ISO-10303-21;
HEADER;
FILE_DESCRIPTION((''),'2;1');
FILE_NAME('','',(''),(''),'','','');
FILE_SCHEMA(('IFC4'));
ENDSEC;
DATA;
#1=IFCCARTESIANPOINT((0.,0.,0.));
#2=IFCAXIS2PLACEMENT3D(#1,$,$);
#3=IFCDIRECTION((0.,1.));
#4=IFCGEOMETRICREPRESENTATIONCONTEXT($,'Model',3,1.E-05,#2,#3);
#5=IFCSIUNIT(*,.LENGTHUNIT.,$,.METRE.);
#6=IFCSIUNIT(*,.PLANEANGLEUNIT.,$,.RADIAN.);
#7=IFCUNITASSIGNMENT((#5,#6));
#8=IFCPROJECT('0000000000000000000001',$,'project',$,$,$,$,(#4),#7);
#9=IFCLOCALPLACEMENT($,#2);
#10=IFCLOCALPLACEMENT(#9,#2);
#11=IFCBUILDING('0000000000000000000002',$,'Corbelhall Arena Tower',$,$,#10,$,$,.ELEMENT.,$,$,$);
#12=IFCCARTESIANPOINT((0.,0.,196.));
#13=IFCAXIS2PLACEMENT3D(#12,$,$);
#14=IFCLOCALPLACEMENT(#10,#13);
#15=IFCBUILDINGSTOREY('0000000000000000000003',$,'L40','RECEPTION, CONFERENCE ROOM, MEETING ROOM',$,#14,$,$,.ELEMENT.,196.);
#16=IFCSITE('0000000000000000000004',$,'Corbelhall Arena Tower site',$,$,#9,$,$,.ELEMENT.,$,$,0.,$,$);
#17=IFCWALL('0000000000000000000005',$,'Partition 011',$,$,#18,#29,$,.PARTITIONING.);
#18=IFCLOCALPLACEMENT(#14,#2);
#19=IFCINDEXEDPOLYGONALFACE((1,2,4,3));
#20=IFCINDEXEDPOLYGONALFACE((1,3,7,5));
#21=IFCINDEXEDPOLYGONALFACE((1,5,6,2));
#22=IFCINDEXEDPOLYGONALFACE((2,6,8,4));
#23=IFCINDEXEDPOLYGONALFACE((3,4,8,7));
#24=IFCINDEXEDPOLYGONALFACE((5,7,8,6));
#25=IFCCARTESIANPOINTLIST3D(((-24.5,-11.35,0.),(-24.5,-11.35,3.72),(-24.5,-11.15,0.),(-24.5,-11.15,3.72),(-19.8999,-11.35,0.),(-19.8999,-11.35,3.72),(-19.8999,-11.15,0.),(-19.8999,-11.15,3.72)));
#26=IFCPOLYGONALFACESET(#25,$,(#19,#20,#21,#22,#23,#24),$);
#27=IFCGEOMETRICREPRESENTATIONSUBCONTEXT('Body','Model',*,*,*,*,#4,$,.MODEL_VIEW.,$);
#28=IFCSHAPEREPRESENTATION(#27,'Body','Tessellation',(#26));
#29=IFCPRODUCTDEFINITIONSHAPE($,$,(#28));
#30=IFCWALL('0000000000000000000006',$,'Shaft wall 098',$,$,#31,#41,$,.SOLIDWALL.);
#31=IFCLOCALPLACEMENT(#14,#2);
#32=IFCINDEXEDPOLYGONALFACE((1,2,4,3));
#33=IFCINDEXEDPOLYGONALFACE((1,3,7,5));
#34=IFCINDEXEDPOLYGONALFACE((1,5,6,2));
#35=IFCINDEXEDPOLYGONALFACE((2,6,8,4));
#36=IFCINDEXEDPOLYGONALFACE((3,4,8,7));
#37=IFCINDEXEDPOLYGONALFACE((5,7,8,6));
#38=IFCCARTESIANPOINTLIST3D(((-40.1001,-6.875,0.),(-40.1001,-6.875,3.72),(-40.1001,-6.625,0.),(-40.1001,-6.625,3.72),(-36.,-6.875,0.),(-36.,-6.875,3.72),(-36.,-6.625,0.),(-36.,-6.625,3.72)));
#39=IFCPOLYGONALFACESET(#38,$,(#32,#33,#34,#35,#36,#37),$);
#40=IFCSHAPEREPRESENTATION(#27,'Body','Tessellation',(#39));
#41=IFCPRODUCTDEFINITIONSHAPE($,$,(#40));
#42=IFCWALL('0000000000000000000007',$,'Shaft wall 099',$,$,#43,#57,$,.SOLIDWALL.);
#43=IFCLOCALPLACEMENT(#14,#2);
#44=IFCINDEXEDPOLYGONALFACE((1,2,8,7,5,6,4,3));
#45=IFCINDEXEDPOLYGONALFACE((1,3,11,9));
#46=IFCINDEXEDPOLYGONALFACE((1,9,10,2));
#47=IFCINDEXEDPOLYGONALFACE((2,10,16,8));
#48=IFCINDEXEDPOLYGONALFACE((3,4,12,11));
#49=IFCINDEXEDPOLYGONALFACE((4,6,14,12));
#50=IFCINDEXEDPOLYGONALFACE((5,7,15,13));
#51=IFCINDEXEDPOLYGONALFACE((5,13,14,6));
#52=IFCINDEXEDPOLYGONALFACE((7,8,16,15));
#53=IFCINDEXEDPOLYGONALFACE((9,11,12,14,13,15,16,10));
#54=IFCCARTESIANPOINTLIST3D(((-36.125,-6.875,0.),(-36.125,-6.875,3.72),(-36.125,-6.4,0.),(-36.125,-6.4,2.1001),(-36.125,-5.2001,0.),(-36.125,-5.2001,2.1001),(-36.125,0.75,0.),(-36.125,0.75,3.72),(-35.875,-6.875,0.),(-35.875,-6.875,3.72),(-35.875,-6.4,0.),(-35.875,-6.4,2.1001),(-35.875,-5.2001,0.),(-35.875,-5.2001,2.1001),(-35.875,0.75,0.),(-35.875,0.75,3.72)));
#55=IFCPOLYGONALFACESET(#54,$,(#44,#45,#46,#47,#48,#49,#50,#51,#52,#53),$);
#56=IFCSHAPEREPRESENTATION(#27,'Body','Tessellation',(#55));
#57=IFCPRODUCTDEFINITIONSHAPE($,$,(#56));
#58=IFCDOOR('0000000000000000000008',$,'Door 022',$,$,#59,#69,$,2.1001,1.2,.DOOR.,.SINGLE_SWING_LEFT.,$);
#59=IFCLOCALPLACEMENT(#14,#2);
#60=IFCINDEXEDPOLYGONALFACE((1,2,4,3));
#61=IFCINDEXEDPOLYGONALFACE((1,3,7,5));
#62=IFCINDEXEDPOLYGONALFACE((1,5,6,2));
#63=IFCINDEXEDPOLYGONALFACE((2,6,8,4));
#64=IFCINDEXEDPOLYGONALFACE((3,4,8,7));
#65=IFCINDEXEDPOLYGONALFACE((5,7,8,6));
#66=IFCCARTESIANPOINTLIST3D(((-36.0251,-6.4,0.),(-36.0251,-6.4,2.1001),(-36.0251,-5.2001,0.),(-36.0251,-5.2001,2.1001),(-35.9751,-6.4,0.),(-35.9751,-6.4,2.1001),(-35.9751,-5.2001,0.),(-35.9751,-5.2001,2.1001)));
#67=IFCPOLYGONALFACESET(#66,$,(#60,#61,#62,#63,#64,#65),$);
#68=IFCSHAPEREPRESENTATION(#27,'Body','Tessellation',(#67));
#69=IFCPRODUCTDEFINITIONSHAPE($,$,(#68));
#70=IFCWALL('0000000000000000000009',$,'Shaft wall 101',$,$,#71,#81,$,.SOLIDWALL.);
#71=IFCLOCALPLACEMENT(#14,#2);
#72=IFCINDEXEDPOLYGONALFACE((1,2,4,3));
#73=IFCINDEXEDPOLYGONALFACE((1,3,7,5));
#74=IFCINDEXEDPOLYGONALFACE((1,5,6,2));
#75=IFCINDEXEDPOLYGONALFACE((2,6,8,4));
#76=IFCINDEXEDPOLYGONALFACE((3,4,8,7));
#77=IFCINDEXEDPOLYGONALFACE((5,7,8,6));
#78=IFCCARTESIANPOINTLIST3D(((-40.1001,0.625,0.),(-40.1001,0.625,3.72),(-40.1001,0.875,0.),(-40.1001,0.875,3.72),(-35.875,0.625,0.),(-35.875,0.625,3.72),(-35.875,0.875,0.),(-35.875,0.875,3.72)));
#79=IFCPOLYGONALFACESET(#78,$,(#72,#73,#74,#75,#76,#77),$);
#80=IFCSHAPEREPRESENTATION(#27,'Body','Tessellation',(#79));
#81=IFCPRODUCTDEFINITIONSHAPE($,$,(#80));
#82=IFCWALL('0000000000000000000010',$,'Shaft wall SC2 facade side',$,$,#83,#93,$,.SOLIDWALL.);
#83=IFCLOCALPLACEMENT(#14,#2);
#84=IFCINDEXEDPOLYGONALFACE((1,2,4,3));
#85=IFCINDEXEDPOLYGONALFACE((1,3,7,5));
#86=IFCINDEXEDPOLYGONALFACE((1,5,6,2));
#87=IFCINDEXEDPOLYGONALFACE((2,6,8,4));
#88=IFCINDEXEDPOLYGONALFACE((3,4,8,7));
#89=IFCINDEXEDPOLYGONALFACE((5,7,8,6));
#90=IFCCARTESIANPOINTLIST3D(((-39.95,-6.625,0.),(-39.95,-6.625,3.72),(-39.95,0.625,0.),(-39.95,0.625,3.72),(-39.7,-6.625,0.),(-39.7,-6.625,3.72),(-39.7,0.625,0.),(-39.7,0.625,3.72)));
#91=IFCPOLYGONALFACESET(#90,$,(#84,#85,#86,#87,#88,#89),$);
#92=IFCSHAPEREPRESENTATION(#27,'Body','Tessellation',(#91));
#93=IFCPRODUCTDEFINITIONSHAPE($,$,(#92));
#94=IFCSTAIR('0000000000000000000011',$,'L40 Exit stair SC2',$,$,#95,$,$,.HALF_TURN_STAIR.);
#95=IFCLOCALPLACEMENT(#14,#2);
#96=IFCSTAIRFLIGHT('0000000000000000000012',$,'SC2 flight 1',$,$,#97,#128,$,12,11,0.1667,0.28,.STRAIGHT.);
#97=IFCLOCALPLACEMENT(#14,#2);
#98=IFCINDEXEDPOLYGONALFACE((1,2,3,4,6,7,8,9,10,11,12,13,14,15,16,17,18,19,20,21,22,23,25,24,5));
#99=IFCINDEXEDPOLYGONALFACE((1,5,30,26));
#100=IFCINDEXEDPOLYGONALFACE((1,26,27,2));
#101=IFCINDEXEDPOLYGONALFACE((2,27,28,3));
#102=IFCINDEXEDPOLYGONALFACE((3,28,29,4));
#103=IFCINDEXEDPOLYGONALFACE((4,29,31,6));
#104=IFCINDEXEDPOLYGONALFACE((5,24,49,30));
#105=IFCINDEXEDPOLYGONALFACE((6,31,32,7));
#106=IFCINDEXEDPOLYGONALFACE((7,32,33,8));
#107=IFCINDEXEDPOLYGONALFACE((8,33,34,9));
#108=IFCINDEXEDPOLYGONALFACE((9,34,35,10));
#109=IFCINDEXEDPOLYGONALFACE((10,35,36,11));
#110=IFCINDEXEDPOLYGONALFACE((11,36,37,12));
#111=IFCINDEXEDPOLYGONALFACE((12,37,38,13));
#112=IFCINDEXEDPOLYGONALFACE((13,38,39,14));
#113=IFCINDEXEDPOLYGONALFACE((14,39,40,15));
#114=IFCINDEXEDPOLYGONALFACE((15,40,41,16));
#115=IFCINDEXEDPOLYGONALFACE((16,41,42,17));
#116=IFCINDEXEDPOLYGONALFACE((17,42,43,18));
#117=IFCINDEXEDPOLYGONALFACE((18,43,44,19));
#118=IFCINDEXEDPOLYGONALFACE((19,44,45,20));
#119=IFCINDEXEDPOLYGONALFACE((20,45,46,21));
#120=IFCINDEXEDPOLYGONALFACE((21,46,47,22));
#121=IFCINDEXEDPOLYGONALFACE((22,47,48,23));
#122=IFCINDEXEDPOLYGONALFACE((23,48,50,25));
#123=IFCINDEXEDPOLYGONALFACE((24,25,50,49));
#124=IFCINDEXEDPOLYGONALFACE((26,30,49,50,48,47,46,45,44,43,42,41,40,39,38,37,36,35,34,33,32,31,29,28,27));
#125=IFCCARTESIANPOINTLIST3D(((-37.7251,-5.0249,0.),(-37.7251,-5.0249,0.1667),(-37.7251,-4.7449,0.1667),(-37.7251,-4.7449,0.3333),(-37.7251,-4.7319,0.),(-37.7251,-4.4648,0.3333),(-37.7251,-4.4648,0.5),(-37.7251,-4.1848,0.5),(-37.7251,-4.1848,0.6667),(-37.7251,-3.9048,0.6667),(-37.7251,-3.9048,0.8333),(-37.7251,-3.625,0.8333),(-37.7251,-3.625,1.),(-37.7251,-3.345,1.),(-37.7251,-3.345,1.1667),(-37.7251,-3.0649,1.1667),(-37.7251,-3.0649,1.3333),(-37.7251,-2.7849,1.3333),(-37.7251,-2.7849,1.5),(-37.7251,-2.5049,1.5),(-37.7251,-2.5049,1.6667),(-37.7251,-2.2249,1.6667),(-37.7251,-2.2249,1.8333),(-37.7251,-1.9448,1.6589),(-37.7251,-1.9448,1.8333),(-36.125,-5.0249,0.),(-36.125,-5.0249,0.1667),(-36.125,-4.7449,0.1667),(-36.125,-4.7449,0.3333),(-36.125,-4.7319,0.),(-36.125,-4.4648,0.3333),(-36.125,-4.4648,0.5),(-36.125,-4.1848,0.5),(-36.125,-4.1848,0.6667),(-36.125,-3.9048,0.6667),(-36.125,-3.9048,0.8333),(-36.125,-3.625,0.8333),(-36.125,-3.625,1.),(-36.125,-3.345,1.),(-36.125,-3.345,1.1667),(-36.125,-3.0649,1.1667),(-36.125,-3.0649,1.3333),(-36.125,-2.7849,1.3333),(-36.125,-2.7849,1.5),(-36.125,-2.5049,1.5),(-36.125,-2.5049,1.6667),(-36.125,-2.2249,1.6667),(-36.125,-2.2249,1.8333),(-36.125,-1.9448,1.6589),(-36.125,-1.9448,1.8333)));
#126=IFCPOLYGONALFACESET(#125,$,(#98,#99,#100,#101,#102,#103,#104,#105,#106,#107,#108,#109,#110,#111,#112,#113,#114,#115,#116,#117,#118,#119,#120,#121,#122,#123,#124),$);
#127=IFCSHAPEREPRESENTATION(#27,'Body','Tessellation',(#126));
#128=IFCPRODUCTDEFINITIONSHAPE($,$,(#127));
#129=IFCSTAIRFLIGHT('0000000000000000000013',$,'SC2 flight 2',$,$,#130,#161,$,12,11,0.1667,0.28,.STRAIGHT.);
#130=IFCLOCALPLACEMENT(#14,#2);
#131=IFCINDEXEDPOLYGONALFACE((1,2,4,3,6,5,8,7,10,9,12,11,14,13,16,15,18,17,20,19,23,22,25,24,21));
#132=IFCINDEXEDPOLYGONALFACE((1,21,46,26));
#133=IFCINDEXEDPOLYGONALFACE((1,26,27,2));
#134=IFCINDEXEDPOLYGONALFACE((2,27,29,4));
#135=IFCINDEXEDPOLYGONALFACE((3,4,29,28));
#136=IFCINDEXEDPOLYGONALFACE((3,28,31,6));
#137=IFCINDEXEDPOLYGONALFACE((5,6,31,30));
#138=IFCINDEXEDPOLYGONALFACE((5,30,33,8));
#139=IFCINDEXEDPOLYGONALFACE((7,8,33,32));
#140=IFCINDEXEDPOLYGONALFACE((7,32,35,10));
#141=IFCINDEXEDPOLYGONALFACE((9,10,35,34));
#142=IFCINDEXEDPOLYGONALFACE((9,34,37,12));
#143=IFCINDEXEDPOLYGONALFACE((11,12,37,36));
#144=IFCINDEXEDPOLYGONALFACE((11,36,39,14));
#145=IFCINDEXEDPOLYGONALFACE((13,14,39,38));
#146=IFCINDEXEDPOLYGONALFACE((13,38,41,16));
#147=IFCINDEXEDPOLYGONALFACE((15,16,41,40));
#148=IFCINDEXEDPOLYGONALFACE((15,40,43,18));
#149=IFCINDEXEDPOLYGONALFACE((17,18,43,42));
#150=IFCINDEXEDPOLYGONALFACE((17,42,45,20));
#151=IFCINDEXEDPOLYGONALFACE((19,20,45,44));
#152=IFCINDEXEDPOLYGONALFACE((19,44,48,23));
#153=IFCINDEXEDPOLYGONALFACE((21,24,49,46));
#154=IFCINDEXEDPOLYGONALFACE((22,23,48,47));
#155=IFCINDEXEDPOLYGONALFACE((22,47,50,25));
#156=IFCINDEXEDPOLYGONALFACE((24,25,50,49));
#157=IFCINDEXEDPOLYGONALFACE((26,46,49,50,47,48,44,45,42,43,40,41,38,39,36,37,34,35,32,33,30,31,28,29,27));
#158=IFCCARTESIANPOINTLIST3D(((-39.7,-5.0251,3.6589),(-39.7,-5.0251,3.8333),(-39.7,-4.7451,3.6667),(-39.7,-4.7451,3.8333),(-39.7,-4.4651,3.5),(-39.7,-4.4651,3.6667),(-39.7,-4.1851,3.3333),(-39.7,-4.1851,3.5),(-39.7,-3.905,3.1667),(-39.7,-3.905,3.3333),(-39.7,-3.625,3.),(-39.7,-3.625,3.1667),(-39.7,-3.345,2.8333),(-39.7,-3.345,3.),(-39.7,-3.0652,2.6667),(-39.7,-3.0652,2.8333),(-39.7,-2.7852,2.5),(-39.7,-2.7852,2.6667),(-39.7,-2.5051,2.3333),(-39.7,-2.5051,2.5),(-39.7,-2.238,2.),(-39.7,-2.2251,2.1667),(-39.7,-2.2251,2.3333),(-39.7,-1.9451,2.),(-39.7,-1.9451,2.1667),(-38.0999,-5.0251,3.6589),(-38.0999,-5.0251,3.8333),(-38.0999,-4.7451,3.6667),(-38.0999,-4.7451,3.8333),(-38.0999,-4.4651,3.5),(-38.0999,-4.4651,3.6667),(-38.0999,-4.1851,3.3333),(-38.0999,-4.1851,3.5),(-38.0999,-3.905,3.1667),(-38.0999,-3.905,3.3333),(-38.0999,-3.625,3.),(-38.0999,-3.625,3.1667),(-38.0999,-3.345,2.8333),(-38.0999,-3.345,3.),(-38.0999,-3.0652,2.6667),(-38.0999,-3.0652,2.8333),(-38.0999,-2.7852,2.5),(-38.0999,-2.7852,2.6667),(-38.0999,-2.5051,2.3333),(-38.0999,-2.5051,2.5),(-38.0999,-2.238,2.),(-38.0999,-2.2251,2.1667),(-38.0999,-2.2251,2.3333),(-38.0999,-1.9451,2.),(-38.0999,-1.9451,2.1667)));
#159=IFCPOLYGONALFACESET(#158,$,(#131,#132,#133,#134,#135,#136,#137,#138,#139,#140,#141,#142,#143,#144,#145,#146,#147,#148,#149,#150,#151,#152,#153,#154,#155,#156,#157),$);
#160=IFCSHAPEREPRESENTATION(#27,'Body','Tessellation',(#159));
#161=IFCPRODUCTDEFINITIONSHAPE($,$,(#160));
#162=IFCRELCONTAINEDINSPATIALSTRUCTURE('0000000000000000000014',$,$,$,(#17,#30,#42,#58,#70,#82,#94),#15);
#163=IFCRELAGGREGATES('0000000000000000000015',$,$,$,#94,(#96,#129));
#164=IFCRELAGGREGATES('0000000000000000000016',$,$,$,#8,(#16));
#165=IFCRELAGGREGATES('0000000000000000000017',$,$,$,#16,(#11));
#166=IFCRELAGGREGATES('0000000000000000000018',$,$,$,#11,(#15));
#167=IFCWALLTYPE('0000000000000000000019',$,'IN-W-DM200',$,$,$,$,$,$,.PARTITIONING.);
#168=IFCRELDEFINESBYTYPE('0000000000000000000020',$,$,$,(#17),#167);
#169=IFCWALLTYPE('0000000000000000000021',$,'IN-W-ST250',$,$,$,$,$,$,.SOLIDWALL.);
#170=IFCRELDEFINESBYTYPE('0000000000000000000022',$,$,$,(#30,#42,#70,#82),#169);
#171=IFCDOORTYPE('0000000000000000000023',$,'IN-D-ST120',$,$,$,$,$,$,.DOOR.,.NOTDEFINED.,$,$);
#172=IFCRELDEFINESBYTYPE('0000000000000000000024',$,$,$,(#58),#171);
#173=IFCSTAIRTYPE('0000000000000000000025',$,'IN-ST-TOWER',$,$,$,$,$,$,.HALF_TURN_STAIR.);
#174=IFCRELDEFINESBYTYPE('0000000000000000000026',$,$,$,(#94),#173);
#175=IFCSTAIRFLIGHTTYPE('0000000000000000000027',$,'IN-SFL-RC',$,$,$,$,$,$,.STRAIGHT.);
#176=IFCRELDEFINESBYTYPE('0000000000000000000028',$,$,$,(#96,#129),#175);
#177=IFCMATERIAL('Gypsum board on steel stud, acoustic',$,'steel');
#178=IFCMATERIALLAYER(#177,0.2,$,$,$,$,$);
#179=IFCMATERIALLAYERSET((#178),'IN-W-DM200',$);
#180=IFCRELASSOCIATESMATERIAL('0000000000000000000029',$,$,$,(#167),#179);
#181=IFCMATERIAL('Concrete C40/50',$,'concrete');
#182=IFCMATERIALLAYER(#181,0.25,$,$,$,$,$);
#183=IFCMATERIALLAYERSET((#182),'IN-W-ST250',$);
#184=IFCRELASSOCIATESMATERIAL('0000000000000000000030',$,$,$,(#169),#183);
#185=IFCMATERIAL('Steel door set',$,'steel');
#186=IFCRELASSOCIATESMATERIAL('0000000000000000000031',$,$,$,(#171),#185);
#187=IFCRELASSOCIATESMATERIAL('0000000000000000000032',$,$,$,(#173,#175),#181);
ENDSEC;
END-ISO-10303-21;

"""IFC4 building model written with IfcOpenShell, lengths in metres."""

from ifc_helpers import new_model, si_unit, direction, frame, frame_2d, origin, place, context, subcontext, project, spatial, polyline, rectangle, outline, extrude, material, layer, layer_set, type_object, element, fill, aggregate, save


model = new_model("IFC4")

# Units and contexts
model_context = context("Model", 3, precision=1e-05, world=origin(), true_north=direction((0.0, 1.0)))
body_context = subcontext(model_context, "Body", "Model", "MODEL_VIEW")
ifc_project = project(units=[si_unit("LENGTHUNIT", "METRE"), si_unit("PLANEANGLEUNIT", "RADIAN")], contexts=[model_context])

# Site, building, storey
site_placement = place(None, origin())
site = spatial("IfcSite", under=ifc_project, at=site_placement, Name="Corbelhall Arena Tower site", CompositionType="ELEMENT", RefElevation=0.0)
building_placement = place(site_placement, origin())
building = spatial("IfcBuilding", under=site, at=building_placement, Name="Corbelhall Arena Tower", CompositionType="ELEMENT")
storey_placement = place(building_placement, frame((0.0, 0.0, 196.0)))
storey = spatial("IfcBuildingStorey", under=building, at=storey_placement, Name="L40", Description="RECEPTION, CONFERENCE ROOM, MEETING ROOM", CompositionType="ELEMENT", Elevation=196.0)

# Shared definitions
ifc_material_1 = material(Name="Gypsum board on steel stud, acoustic", Category="steel")
ifc_layer_1 = layer(ifc_material_1, 0.2)
ifc_layer_set_1 = layer_set([ifc_layer_1], Name="IN-W-DM200")
wall_type_1 = type_object("IfcWallType", Name="IN-W-DM200", PredefinedType="PARTITIONING", material=ifc_layer_set_1)

# Shared definitions
ifc_material_2 = material(Name="Steel door set", Category="steel")

# Walls
wall_1_placement = place(storey_placement, frame((-24.5, -11.25, 0.0), z_axis=(0.0, 0.0, 1.0), x_axis=(1.0, 0.0, 0.0)))
element("IfcWall", 1, at=wall_1_placement, inside=storey, type_object=wall_type_1, Name="Partition 011", PredefinedType="PARTITIONING", context=body_context, shape_type="SweptSolid", body=[
    extrude(rectangle(XDim=4.6001, YDim=0.2, at=frame_2d((2.3, 0.0))), origin(), (0.0, 0.0, 1.0), 3.72),
])
ifc_material_3 = material(Name="Concrete C40/50", Category="concrete")
ifc_layer_2 = layer(ifc_material_3, 0.25)
ifc_layer_set_2 = layer_set([ifc_layer_2], Name="IN-W-ST250")
wall_type_2 = type_object("IfcWallType", Name="IN-W-ST250", PredefinedType="SOLIDWALL", material=ifc_layer_set_2)
wall_2_placement = place(storey_placement, frame((-36.0, -6.75, 0.0), z_axis=(0.0, 0.0, 1.0), x_axis=(-1.0, 0.0, 0.0)))
element("IfcWall", 2, at=wall_2_placement, inside=storey, type_object=wall_type_2, Name="Shaft wall 098", PredefinedType="SOLIDWALL", context=body_context, shape_type="SweptSolid", body=[
    extrude(rectangle(XDim=4.1001, YDim=0.25, at=frame_2d((2.05, 0.0))), origin(), (0.0, 0.0, 1.0), 3.72),
])

# Wall, opening, door
wall_3_placement = place(storey_placement, frame((-36.0, 0.75, 0.0), z_axis=(0.0, 0.0, 1.0), x_axis=(0.0, -1.0, 0.0)))
wall_3 = element("IfcWall", 3, at=wall_3_placement, inside=storey, type_object=wall_type_2, Name="Shaft wall 099", PredefinedType="SOLIDWALL", context=body_context, shape_type="SweptSolid", body=[
    extrude(rectangle(XDim=7.625, YDim=0.25, at=frame_2d((3.8125, 0.0))), origin(), (0.0, 0.0, 1.0), 3.72),
])
opening_1_placement = place(wall_3_placement, frame((5.95, 0.0, 0.0)))
opening_1 = element("IfcOpeningElement", 4, at=opening_1_placement, cuts=wall_3, PredefinedType="OPENING", context=body_context, shape_type="SweptSolid", body=[
    extrude(rectangle(XDim=1.2, YDim=2.1001, at=frame_2d((0.6001, 1.05))), frame((0.0, 0.125, 0.0), z_axis=(0.0, -1.0, 0.0), x_axis=(1.0, 0.0, 0.0)), (0.0, 0.0, 1.0), 0.25),
])
door_type_1 = type_object("IfcDoorType", Name="IN-D-ST120", OperationType="NOTDEFINED", PredefinedType="DOOR", material=ifc_material_2)
door_1_placement = place(opening_1_placement, origin())
door_1 = element("IfcDoor", 5, at=door_1_placement, inside=storey, type_object=door_type_1, Name="Door 022", OperationType="SINGLE_SWING_LEFT", OverallHeight=2.1001, OverallWidth=1.2, PredefinedType="DOOR", context=body_context, shape_type="SweptSolid", body=[
    extrude(rectangle(XDim=1.2, YDim=2.1001, at=frame_2d((0.6001, 1.05))), frame((0.0, 0.0249, 0.0), z_axis=(0.0, -1.0, 0.0), x_axis=(1.0, 0.0, 0.0)), (0.0, 0.0, 1.0), 0.05),
])
fill(opening_1, door_1)

# Walls
wall_4_placement = place(storey_placement, frame((-35.875, 0.75, 0.0), z_axis=(0.0, 0.0, 1.0), x_axis=(-1.0, 0.0, 0.0)))
element("IfcWall", 6, at=wall_4_placement, inside=storey, type_object=wall_type_2, Name="Shaft wall 101", PredefinedType="SOLIDWALL", context=body_context, shape_type="SweptSolid", body=[
    extrude(rectangle(XDim=4.2251, YDim=0.25, at=frame_2d((2.1125, 0.0))), origin(), (0.0, 0.0, 1.0), 3.72),
])
wall_5_placement = place(storey_placement, frame((-39.825, -6.625, 0.0), z_axis=(0.0, 0.0, 1.0), x_axis=(0.0, 1.0, 0.0)))
element("IfcWall", 7, at=wall_5_placement, inside=storey, type_object=wall_type_2, Name="Shaft wall SC2 facade side", PredefinedType="SOLIDWALL", context=body_context, shape_type="SweptSolid", body=[
    extrude(rectangle(XDim=7.25, YDim=0.25, at=frame_2d((3.625, 0.0))), origin(), (0.0, 0.0, 1.0), 3.72),
])

# Stair, stair flights
stair_type = type_object("IfcStairType", Name="IN-ST-TOWER", PredefinedType="HALF_TURN_STAIR", material=ifc_material_3)
stair_placement = place(storey_placement, origin())
stair = element("IfcStair", 8, at=stair_placement, inside=storey, type_object=stair_type, Name="L40 Exit stair SC2", PredefinedType="HALF_TURN_STAIR")
stair_flight_type = type_object("IfcStairFlightType", Name="IN-SFL-RC", PredefinedType="STRAIGHT", material=ifc_material_3)
stair_flight_1_placement = place(storey_placement, frame((-36.925, -5.0249, 0.0), z_axis=(0.0, 0.0, 1.0), x_axis=(0.0, 1.0, 0.0)))
stair_flight_1 = element("IfcStairFlight", 9, at=stair_flight_1_placement, type_object=stair_flight_type, Name="SC2 flight 1", NumberOfRisers=12, NumberOfTreads=11, PredefinedType="STRAIGHT", RiserHeight=0.1667, TreadLength=0.28, context=body_context, shape_type="SweptSolid", body=[
    extrude(outline(polyline([(0.0, 0.0), (0.0, 0.1667), (0.28, 0.1667), (0.28, 0.3333), (0.5601, 0.3333), (0.5601, 0.5), (0.8401, 0.5), (0.8401, 0.6667), (1.1201, 0.6667), (1.1201, 0.8333), (1.3999, 0.8333), (1.3999, 1.0), (1.6799, 1.0), (1.6799, 1.1667), (1.96, 1.1667), (1.96, 1.3333), (2.24, 1.3333), (2.24, 1.5), (2.52, 1.5), (2.52, 1.6667), (2.8, 1.6667), (2.8, 1.8333), (3.0801, 1.8333), (3.0801, 2.0), (3.0801, 1.6589), (0.293, 0.0), (0.0, 0.0)])), frame((0.0, 0.8, 0.0), z_axis=(0.0, -1.0, 0.0), x_axis=(1.0, 0.0, 0.0)), (0.0, 0.0, 1.0), 1.6001),
])
stair_flight_2_placement = place(storey_placement, frame((-38.8999, -1.9451, 2.0), z_axis=(0.0, 0.0, 1.0), x_axis=(0.0, -1.0, 0.0)))
stair_flight_2 = element("IfcStairFlight", 10, at=stair_flight_2_placement, type_object=stair_flight_type, Name="SC2 flight 2", NumberOfRisers=12, NumberOfTreads=11, PredefinedType="STRAIGHT", RiserHeight=0.1667, TreadLength=0.28, context=body_context, shape_type="SweptSolid", body=[
    extrude(outline(polyline([(0.0, 0.0), (0.0, 0.1667), (0.28, 0.1667), (0.28, 0.3333), (0.5601, 0.3333), (0.5601, 0.5), (0.8401, 0.5), (0.8401, 0.6667), (1.1201, 0.6667), (1.1201, 0.8333), (1.3999, 0.8333), (1.3999, 1.0), (1.6799, 1.0), (1.6799, 1.1667), (1.96, 1.1667), (1.96, 1.3333), (2.24, 1.3333), (2.24, 1.5), (2.52, 1.5), (2.52, 1.6667), (2.8, 1.6667), (2.8, 1.8333), (3.0801, 1.8333), (3.0801, 2.0), (3.0801, 1.6589), (0.293, 0.0), (0.0, 0.0)])), frame((0.0, 0.8, 0.0), z_axis=(0.0, -1.0, 0.0), x_axis=(1.0, 0.0, 0.0)), (0.0, 0.0, 1.0), 1.6001),
])
aggregate(stair, [stair_flight_1, stair_flight_2])

save(model, "model.ifc")
